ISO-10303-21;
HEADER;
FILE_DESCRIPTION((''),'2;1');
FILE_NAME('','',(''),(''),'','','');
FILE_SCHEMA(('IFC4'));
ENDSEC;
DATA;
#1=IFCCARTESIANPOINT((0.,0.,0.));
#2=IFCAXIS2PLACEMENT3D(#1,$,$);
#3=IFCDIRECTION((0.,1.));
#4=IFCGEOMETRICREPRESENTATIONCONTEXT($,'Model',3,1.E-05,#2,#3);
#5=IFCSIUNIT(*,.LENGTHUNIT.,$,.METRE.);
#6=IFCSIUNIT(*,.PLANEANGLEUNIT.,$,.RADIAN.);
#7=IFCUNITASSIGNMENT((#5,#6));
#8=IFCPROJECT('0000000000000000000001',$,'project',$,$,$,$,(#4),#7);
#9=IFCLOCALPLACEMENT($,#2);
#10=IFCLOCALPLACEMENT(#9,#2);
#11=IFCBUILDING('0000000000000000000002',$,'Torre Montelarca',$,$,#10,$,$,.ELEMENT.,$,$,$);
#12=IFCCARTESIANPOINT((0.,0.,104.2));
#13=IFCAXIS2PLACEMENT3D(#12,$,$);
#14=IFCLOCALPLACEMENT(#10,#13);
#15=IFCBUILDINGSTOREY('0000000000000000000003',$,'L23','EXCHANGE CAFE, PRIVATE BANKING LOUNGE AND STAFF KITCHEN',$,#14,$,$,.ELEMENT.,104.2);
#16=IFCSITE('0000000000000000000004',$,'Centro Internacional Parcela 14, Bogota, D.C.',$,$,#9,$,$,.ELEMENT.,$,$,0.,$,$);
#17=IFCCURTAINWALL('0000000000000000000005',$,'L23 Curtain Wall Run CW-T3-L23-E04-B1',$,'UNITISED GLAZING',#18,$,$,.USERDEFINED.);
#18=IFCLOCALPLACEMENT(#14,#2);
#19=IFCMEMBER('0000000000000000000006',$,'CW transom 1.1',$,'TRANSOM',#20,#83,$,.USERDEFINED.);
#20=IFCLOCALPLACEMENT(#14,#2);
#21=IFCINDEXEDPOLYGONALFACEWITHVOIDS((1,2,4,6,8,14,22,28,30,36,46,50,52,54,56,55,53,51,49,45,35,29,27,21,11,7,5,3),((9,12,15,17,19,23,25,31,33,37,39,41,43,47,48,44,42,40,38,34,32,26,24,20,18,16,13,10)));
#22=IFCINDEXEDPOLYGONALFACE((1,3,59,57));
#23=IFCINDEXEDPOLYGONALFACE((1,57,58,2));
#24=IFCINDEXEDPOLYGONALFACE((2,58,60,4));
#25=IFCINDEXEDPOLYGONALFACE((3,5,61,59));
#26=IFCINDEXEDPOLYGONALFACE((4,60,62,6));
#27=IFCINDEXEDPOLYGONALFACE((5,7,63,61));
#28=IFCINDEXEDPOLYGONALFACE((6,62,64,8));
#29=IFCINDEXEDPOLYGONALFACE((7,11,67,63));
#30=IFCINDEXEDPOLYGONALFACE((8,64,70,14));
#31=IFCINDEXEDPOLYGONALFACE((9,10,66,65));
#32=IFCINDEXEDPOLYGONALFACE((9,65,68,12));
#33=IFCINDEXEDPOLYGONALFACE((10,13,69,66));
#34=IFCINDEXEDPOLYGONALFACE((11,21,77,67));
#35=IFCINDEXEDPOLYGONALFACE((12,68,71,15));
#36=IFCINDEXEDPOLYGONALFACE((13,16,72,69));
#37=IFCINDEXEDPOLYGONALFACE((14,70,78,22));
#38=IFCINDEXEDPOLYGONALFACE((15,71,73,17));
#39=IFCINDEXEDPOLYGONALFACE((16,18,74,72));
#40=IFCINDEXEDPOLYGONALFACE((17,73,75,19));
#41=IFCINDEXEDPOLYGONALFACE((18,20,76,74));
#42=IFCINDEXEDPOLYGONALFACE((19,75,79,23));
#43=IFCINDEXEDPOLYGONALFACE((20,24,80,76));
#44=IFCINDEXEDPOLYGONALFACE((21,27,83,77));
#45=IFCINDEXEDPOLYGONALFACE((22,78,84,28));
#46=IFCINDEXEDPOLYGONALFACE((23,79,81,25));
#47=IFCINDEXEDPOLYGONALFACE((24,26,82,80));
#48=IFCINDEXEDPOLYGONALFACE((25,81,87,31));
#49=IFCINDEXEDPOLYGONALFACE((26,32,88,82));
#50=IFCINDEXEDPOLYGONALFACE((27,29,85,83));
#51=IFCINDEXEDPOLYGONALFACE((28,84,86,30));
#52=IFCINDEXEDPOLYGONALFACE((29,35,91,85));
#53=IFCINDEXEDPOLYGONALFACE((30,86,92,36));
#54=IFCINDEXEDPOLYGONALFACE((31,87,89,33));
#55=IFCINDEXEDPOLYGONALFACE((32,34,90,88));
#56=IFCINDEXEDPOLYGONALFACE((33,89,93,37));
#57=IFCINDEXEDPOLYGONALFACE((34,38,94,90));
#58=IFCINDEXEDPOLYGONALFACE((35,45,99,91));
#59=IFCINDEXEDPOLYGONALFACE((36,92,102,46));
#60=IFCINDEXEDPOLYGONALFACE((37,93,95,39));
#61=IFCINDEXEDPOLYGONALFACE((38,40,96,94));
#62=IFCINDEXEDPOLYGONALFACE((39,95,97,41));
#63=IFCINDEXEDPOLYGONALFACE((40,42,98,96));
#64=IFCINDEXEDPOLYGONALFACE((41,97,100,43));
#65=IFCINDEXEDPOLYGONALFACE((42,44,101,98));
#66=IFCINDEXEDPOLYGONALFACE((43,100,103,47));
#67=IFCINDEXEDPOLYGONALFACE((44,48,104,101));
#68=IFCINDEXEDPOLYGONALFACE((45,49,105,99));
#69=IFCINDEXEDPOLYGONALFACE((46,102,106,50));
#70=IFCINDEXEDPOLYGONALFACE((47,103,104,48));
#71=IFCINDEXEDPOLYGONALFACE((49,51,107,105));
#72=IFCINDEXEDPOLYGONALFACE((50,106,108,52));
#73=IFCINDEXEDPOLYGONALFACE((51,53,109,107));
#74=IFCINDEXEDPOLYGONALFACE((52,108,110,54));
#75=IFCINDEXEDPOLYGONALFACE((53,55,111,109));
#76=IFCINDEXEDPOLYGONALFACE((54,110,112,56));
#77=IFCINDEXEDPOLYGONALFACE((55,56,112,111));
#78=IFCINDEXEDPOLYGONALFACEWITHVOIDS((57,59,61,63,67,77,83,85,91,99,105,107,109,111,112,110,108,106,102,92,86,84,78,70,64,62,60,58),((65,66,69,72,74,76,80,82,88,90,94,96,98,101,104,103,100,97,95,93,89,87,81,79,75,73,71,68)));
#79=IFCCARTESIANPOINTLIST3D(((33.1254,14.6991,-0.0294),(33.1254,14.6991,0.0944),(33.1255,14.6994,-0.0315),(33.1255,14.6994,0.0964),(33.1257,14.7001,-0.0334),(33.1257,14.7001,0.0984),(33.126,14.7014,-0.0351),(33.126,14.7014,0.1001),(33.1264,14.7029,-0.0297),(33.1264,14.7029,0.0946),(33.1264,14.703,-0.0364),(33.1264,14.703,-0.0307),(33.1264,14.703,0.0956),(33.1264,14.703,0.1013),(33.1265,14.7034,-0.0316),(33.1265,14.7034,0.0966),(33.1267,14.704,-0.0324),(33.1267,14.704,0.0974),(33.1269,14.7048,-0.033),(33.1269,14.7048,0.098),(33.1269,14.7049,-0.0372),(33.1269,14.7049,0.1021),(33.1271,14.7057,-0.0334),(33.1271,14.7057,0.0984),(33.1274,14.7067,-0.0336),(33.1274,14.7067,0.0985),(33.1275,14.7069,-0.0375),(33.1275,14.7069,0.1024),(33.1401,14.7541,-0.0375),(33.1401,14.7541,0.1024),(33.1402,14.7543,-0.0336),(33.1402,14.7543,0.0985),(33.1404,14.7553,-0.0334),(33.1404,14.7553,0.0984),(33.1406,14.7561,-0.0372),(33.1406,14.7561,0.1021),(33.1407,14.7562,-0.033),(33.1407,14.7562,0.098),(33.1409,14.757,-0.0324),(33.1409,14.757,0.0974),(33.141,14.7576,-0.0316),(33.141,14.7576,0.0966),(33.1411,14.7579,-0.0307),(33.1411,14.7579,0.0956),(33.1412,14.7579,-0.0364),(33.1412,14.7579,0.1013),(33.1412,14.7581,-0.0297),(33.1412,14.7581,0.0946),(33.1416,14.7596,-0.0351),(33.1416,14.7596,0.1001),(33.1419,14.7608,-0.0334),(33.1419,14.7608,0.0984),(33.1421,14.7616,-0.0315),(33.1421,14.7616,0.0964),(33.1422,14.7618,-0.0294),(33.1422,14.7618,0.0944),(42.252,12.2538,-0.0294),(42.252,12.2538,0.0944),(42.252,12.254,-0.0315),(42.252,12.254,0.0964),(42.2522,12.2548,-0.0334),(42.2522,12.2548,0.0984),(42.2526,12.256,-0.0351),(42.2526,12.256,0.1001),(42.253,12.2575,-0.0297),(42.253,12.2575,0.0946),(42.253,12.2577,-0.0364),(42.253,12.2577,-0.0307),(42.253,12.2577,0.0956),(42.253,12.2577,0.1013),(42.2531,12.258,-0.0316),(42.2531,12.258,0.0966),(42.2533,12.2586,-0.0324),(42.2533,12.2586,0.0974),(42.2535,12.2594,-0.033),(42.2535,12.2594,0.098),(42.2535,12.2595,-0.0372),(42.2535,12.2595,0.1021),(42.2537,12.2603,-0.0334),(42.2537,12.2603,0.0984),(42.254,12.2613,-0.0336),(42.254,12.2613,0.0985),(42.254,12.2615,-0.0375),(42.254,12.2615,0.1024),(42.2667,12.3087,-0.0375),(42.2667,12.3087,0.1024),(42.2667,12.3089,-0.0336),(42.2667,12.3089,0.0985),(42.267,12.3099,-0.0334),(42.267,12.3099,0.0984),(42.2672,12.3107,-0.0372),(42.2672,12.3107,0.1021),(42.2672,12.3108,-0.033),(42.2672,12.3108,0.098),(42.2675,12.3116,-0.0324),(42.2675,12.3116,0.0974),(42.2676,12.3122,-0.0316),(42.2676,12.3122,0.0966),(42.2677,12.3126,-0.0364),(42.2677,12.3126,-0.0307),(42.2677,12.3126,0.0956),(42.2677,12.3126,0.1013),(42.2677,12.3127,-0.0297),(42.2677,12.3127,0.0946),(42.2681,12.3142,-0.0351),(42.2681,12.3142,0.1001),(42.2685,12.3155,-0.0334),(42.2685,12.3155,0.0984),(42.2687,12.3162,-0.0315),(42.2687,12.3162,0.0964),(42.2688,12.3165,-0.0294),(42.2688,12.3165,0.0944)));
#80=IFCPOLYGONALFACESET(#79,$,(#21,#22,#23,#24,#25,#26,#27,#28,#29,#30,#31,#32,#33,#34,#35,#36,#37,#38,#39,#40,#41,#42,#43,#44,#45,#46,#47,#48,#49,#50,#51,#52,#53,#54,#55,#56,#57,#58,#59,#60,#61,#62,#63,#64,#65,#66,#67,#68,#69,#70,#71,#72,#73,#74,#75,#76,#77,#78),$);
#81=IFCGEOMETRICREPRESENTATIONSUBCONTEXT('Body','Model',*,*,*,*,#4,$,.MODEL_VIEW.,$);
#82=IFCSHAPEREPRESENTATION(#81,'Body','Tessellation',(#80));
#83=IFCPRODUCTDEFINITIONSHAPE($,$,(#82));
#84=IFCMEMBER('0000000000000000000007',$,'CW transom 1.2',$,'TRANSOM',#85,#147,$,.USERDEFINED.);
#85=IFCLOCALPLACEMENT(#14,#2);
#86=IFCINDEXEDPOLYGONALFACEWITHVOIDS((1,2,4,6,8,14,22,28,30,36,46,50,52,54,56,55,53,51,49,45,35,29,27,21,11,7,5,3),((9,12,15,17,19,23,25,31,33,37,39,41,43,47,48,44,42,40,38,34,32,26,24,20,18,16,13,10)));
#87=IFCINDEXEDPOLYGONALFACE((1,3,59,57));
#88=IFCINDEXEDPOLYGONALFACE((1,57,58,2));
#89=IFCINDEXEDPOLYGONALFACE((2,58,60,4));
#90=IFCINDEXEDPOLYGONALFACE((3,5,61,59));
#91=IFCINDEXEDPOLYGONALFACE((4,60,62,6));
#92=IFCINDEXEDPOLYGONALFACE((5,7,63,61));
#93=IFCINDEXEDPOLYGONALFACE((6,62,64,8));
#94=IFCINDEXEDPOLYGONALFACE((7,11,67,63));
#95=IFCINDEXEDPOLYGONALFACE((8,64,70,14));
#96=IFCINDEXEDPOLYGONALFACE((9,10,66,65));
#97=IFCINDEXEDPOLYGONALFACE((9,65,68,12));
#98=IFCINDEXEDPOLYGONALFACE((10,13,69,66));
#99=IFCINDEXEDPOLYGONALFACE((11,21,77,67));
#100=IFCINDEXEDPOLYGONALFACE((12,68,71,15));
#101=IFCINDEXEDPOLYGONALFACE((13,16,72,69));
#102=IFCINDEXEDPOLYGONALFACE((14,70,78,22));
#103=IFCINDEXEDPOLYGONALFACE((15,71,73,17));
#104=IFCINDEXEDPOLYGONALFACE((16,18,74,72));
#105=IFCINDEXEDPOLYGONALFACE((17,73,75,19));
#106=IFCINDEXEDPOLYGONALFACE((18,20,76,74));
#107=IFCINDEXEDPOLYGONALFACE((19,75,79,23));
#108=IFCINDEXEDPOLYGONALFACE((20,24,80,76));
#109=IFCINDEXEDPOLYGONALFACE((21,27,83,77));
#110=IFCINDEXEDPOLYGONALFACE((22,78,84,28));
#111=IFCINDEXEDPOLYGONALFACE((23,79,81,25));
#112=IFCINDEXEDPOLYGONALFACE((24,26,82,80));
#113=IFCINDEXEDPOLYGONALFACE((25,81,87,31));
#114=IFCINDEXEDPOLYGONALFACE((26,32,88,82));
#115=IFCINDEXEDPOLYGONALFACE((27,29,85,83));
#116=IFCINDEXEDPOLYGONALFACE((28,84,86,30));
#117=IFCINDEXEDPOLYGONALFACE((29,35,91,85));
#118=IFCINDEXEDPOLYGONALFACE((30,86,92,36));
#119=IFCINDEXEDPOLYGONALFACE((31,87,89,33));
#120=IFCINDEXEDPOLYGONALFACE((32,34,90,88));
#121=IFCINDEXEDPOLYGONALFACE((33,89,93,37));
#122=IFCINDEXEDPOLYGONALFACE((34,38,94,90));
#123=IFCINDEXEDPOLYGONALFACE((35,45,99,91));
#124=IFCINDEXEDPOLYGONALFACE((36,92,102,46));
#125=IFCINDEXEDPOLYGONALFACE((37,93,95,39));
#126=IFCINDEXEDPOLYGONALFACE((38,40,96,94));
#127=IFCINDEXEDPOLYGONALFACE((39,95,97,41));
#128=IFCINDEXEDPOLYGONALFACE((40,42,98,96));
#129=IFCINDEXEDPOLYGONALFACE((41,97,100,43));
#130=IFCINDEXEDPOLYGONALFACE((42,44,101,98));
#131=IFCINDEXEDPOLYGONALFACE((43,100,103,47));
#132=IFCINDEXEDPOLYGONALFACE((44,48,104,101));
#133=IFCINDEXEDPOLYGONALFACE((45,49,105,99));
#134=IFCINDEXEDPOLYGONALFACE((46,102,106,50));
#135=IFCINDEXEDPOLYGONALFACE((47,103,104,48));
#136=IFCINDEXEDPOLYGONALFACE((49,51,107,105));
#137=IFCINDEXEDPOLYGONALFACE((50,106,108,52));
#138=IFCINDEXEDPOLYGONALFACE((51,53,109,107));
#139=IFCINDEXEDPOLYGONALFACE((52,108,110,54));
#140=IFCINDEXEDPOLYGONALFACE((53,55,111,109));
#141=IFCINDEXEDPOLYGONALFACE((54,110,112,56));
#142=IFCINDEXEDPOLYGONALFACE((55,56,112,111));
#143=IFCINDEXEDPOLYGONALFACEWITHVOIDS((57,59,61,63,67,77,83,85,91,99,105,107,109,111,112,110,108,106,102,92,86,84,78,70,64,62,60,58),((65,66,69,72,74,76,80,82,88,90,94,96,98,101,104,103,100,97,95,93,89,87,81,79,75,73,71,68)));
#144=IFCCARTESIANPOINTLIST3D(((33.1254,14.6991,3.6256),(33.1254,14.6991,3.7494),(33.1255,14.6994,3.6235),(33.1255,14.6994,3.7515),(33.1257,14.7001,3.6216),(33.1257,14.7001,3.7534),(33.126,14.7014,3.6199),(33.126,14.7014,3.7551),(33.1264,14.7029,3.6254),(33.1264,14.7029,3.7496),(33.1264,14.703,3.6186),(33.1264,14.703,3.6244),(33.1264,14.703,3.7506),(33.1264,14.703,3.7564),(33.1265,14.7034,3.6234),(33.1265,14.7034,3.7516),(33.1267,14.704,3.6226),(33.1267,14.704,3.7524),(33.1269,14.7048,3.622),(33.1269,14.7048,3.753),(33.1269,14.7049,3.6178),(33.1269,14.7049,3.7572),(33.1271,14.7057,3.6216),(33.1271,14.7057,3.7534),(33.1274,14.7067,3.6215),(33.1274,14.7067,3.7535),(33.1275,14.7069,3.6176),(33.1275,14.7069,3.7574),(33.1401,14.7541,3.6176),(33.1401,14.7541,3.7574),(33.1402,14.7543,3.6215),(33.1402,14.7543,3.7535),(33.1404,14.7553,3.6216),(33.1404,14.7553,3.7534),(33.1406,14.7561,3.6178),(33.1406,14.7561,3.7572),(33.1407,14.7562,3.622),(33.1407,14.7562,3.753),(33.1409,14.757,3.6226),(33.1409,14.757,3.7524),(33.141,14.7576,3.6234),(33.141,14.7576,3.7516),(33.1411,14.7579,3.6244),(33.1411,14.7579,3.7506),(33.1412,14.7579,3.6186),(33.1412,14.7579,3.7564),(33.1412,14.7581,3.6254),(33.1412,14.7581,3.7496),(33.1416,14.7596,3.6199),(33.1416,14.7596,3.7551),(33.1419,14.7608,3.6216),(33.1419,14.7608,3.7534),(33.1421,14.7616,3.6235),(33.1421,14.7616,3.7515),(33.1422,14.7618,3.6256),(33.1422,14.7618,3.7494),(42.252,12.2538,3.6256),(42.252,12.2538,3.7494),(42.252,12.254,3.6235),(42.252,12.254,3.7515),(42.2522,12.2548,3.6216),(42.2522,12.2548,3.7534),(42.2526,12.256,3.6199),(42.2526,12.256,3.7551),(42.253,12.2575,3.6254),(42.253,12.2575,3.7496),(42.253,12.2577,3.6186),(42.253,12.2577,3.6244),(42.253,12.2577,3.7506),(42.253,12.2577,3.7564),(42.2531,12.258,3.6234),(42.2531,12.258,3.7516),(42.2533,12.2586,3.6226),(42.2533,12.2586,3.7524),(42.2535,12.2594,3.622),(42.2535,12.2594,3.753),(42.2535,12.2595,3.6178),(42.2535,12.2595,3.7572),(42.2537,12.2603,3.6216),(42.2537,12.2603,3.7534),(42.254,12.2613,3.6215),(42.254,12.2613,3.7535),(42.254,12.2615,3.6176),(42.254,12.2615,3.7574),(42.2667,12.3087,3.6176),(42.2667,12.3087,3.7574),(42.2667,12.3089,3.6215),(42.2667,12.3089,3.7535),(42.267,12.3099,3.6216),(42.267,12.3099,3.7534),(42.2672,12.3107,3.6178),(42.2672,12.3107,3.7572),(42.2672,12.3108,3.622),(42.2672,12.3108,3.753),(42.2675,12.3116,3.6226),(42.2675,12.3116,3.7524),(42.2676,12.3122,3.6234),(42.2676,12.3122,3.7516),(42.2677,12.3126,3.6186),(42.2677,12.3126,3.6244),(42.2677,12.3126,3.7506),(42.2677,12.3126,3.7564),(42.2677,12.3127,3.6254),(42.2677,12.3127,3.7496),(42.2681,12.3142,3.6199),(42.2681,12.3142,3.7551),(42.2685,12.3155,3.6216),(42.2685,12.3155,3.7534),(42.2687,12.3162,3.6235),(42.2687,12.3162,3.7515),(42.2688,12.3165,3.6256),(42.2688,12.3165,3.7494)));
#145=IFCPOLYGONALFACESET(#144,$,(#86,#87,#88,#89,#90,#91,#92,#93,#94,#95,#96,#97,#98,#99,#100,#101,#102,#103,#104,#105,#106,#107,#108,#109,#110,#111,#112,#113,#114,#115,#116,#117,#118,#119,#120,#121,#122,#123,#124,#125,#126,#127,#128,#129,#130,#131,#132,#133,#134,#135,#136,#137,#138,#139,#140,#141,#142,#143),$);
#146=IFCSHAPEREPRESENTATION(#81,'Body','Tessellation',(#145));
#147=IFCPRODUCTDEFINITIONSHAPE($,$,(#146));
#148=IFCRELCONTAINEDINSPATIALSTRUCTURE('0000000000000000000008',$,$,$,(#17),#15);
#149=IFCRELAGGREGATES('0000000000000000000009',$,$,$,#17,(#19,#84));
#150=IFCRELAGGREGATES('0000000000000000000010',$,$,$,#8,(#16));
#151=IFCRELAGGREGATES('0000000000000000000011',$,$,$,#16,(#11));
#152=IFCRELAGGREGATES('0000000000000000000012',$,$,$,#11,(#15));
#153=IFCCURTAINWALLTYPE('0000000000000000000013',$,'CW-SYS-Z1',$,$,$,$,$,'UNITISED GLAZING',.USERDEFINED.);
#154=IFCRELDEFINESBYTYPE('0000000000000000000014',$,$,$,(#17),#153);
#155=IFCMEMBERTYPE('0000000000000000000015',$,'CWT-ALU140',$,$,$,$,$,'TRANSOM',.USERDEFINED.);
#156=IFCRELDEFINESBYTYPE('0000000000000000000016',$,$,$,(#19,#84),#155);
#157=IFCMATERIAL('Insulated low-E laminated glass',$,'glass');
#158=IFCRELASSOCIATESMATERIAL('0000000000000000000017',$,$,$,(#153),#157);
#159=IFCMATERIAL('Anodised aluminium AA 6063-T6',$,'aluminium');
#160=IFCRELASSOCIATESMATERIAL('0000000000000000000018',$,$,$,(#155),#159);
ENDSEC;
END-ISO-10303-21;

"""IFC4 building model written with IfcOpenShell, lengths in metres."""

from ifc_helpers import new_model, si_unit, direction, frame, origin, origin_2d, place, context, subcontext, project, spatial, hollow_rectangle, extrude, source, transform, mapped, material, material_profile, profile_set, type_object, element, aggregate, save


model = new_model("IFC4")

# Units and contexts
model_context = context("Model", 3, precision=1e-05, world=origin(), true_north=direction((0.0, 1.0)))
body_context = subcontext(model_context, "Body", "Model", "MODEL_VIEW")
ifc_project = project(units=[si_unit("LENGTHUNIT", "METRE"), si_unit("PLANEANGLEUNIT", "RADIAN")], contexts=[model_context])

# Site, building, storey
site_placement = place(None, origin())
site = spatial("IfcSite", under=ifc_project, at=site_placement, Name="Centro Internacional Parcela 14, Bogota, D.C.", CompositionType="ELEMENT", RefElevation=0.0)
building_placement = place(site_placement, origin())
building = spatial("IfcBuilding", under=site, at=building_placement, Name="Torre Montelarca", CompositionType="ELEMENT")
storey_placement = place(building_placement, frame((0.0, 0.0, 104.2)))
storey = spatial("IfcBuildingStorey", under=building, at=storey_placement, Name="L23", Description="EXCHANGE CAFE, PRIVATE BANKING LOUNGE AND STAFF KITCHEN", CompositionType="ELEMENT", Elevation=104.2)

# Curtain wall, members
ifc_material_1 = material(Name="Insulated low-E laminated glass", Category="glass")
curtain_wall_type = type_object("IfcCurtainWallType", Name="CW-SYS-Z1", ElementType="UNITISED GLAZING", PredefinedType="USERDEFINED", material=ifc_material_1)
ifc_material_2 = material(Name="Anodised aluminium AA 6063-T6", Category="aluminium")
ifc_material_profile_1 = material_profile(ifc_material_2, hollow_rectangle(XDim=0.0649, YDim=0.1399, WallThickness=0.0039, InnerFilletRadius=0.0039, OuterFilletRadius=0.0081, at=origin_2d()), Name="ALU65X140X4", Category="aluminium")
ifc_profile_set_1 = profile_set([ifc_material_profile_1], Name="Anodised aluminium AA 6063-T6")
member_type_1 = type_object("IfcMemberType", Name="CWT-ALU140", ElementType="TRANSOM", PredefinedType="USERDEFINED", material=ifc_profile_set_1)
curtain_wall_1_placement = place(storey_placement, origin())
curtain_wall_1 = element("IfcCurtainWall", 1, at=curtain_wall_1_placement, inside=storey, type_object=curtain_wall_type, Name="L23 Curtain Wall Run CW-T3-L23-E04-B1", ObjectType="UNITISED GLAZING", PredefinedType="USERDEFINED")
shared_shape_1 = source(origin(), body_context, "Body", "SweptSolid", [
    extrude(hollow_rectangle(XDim=0.0649, YDim=0.1399, WallThickness=0.0039, InnerFilletRadius=0.0039, OuterFilletRadius=0.0081, at=origin_2d()), origin(), (0.0, 0.0, 1.0), 9.4485),
])
member_1_placement = place(storey_placement, frame((33.1338, 14.7305, 0.0325), z_axis=(0.965929, -0.258808, 0.0), x_axis=(0.258808, 0.965929, 0.0)))
member_1 = element("IfcMember", 2, at=member_1_placement, type_object=member_type_1, Name="CW transom 1.1", ObjectType="TRANSOM", PredefinedType="USERDEFINED", context=body_context, shape_type="MappedRepresentation", body=[
    mapped(shared_shape_1, transform((0.0, 0.0, 0.0), scale=1.0)),
])
member_2_placement = place(storey_placement, frame((33.1338, 14.7305, 3.6875), z_axis=(0.965929, -0.258808, 0.0), x_axis=(0.258808, 0.965929, 0.0)))
member_2 = element("IfcMember", 3, at=member_2_placement, type_object=member_type_1, Name="CW transom 1.2", ObjectType="TRANSOM", PredefinedType="USERDEFINED", context=body_context, shape_type="MappedRepresentation", body=[
    mapped(shared_shape_1, transform((0.0, 0.0, 0.0), scale=1.0)),
])

aggregate(curtain_wall_1, [member_1, member_2])

save(model, "model.ifc")
